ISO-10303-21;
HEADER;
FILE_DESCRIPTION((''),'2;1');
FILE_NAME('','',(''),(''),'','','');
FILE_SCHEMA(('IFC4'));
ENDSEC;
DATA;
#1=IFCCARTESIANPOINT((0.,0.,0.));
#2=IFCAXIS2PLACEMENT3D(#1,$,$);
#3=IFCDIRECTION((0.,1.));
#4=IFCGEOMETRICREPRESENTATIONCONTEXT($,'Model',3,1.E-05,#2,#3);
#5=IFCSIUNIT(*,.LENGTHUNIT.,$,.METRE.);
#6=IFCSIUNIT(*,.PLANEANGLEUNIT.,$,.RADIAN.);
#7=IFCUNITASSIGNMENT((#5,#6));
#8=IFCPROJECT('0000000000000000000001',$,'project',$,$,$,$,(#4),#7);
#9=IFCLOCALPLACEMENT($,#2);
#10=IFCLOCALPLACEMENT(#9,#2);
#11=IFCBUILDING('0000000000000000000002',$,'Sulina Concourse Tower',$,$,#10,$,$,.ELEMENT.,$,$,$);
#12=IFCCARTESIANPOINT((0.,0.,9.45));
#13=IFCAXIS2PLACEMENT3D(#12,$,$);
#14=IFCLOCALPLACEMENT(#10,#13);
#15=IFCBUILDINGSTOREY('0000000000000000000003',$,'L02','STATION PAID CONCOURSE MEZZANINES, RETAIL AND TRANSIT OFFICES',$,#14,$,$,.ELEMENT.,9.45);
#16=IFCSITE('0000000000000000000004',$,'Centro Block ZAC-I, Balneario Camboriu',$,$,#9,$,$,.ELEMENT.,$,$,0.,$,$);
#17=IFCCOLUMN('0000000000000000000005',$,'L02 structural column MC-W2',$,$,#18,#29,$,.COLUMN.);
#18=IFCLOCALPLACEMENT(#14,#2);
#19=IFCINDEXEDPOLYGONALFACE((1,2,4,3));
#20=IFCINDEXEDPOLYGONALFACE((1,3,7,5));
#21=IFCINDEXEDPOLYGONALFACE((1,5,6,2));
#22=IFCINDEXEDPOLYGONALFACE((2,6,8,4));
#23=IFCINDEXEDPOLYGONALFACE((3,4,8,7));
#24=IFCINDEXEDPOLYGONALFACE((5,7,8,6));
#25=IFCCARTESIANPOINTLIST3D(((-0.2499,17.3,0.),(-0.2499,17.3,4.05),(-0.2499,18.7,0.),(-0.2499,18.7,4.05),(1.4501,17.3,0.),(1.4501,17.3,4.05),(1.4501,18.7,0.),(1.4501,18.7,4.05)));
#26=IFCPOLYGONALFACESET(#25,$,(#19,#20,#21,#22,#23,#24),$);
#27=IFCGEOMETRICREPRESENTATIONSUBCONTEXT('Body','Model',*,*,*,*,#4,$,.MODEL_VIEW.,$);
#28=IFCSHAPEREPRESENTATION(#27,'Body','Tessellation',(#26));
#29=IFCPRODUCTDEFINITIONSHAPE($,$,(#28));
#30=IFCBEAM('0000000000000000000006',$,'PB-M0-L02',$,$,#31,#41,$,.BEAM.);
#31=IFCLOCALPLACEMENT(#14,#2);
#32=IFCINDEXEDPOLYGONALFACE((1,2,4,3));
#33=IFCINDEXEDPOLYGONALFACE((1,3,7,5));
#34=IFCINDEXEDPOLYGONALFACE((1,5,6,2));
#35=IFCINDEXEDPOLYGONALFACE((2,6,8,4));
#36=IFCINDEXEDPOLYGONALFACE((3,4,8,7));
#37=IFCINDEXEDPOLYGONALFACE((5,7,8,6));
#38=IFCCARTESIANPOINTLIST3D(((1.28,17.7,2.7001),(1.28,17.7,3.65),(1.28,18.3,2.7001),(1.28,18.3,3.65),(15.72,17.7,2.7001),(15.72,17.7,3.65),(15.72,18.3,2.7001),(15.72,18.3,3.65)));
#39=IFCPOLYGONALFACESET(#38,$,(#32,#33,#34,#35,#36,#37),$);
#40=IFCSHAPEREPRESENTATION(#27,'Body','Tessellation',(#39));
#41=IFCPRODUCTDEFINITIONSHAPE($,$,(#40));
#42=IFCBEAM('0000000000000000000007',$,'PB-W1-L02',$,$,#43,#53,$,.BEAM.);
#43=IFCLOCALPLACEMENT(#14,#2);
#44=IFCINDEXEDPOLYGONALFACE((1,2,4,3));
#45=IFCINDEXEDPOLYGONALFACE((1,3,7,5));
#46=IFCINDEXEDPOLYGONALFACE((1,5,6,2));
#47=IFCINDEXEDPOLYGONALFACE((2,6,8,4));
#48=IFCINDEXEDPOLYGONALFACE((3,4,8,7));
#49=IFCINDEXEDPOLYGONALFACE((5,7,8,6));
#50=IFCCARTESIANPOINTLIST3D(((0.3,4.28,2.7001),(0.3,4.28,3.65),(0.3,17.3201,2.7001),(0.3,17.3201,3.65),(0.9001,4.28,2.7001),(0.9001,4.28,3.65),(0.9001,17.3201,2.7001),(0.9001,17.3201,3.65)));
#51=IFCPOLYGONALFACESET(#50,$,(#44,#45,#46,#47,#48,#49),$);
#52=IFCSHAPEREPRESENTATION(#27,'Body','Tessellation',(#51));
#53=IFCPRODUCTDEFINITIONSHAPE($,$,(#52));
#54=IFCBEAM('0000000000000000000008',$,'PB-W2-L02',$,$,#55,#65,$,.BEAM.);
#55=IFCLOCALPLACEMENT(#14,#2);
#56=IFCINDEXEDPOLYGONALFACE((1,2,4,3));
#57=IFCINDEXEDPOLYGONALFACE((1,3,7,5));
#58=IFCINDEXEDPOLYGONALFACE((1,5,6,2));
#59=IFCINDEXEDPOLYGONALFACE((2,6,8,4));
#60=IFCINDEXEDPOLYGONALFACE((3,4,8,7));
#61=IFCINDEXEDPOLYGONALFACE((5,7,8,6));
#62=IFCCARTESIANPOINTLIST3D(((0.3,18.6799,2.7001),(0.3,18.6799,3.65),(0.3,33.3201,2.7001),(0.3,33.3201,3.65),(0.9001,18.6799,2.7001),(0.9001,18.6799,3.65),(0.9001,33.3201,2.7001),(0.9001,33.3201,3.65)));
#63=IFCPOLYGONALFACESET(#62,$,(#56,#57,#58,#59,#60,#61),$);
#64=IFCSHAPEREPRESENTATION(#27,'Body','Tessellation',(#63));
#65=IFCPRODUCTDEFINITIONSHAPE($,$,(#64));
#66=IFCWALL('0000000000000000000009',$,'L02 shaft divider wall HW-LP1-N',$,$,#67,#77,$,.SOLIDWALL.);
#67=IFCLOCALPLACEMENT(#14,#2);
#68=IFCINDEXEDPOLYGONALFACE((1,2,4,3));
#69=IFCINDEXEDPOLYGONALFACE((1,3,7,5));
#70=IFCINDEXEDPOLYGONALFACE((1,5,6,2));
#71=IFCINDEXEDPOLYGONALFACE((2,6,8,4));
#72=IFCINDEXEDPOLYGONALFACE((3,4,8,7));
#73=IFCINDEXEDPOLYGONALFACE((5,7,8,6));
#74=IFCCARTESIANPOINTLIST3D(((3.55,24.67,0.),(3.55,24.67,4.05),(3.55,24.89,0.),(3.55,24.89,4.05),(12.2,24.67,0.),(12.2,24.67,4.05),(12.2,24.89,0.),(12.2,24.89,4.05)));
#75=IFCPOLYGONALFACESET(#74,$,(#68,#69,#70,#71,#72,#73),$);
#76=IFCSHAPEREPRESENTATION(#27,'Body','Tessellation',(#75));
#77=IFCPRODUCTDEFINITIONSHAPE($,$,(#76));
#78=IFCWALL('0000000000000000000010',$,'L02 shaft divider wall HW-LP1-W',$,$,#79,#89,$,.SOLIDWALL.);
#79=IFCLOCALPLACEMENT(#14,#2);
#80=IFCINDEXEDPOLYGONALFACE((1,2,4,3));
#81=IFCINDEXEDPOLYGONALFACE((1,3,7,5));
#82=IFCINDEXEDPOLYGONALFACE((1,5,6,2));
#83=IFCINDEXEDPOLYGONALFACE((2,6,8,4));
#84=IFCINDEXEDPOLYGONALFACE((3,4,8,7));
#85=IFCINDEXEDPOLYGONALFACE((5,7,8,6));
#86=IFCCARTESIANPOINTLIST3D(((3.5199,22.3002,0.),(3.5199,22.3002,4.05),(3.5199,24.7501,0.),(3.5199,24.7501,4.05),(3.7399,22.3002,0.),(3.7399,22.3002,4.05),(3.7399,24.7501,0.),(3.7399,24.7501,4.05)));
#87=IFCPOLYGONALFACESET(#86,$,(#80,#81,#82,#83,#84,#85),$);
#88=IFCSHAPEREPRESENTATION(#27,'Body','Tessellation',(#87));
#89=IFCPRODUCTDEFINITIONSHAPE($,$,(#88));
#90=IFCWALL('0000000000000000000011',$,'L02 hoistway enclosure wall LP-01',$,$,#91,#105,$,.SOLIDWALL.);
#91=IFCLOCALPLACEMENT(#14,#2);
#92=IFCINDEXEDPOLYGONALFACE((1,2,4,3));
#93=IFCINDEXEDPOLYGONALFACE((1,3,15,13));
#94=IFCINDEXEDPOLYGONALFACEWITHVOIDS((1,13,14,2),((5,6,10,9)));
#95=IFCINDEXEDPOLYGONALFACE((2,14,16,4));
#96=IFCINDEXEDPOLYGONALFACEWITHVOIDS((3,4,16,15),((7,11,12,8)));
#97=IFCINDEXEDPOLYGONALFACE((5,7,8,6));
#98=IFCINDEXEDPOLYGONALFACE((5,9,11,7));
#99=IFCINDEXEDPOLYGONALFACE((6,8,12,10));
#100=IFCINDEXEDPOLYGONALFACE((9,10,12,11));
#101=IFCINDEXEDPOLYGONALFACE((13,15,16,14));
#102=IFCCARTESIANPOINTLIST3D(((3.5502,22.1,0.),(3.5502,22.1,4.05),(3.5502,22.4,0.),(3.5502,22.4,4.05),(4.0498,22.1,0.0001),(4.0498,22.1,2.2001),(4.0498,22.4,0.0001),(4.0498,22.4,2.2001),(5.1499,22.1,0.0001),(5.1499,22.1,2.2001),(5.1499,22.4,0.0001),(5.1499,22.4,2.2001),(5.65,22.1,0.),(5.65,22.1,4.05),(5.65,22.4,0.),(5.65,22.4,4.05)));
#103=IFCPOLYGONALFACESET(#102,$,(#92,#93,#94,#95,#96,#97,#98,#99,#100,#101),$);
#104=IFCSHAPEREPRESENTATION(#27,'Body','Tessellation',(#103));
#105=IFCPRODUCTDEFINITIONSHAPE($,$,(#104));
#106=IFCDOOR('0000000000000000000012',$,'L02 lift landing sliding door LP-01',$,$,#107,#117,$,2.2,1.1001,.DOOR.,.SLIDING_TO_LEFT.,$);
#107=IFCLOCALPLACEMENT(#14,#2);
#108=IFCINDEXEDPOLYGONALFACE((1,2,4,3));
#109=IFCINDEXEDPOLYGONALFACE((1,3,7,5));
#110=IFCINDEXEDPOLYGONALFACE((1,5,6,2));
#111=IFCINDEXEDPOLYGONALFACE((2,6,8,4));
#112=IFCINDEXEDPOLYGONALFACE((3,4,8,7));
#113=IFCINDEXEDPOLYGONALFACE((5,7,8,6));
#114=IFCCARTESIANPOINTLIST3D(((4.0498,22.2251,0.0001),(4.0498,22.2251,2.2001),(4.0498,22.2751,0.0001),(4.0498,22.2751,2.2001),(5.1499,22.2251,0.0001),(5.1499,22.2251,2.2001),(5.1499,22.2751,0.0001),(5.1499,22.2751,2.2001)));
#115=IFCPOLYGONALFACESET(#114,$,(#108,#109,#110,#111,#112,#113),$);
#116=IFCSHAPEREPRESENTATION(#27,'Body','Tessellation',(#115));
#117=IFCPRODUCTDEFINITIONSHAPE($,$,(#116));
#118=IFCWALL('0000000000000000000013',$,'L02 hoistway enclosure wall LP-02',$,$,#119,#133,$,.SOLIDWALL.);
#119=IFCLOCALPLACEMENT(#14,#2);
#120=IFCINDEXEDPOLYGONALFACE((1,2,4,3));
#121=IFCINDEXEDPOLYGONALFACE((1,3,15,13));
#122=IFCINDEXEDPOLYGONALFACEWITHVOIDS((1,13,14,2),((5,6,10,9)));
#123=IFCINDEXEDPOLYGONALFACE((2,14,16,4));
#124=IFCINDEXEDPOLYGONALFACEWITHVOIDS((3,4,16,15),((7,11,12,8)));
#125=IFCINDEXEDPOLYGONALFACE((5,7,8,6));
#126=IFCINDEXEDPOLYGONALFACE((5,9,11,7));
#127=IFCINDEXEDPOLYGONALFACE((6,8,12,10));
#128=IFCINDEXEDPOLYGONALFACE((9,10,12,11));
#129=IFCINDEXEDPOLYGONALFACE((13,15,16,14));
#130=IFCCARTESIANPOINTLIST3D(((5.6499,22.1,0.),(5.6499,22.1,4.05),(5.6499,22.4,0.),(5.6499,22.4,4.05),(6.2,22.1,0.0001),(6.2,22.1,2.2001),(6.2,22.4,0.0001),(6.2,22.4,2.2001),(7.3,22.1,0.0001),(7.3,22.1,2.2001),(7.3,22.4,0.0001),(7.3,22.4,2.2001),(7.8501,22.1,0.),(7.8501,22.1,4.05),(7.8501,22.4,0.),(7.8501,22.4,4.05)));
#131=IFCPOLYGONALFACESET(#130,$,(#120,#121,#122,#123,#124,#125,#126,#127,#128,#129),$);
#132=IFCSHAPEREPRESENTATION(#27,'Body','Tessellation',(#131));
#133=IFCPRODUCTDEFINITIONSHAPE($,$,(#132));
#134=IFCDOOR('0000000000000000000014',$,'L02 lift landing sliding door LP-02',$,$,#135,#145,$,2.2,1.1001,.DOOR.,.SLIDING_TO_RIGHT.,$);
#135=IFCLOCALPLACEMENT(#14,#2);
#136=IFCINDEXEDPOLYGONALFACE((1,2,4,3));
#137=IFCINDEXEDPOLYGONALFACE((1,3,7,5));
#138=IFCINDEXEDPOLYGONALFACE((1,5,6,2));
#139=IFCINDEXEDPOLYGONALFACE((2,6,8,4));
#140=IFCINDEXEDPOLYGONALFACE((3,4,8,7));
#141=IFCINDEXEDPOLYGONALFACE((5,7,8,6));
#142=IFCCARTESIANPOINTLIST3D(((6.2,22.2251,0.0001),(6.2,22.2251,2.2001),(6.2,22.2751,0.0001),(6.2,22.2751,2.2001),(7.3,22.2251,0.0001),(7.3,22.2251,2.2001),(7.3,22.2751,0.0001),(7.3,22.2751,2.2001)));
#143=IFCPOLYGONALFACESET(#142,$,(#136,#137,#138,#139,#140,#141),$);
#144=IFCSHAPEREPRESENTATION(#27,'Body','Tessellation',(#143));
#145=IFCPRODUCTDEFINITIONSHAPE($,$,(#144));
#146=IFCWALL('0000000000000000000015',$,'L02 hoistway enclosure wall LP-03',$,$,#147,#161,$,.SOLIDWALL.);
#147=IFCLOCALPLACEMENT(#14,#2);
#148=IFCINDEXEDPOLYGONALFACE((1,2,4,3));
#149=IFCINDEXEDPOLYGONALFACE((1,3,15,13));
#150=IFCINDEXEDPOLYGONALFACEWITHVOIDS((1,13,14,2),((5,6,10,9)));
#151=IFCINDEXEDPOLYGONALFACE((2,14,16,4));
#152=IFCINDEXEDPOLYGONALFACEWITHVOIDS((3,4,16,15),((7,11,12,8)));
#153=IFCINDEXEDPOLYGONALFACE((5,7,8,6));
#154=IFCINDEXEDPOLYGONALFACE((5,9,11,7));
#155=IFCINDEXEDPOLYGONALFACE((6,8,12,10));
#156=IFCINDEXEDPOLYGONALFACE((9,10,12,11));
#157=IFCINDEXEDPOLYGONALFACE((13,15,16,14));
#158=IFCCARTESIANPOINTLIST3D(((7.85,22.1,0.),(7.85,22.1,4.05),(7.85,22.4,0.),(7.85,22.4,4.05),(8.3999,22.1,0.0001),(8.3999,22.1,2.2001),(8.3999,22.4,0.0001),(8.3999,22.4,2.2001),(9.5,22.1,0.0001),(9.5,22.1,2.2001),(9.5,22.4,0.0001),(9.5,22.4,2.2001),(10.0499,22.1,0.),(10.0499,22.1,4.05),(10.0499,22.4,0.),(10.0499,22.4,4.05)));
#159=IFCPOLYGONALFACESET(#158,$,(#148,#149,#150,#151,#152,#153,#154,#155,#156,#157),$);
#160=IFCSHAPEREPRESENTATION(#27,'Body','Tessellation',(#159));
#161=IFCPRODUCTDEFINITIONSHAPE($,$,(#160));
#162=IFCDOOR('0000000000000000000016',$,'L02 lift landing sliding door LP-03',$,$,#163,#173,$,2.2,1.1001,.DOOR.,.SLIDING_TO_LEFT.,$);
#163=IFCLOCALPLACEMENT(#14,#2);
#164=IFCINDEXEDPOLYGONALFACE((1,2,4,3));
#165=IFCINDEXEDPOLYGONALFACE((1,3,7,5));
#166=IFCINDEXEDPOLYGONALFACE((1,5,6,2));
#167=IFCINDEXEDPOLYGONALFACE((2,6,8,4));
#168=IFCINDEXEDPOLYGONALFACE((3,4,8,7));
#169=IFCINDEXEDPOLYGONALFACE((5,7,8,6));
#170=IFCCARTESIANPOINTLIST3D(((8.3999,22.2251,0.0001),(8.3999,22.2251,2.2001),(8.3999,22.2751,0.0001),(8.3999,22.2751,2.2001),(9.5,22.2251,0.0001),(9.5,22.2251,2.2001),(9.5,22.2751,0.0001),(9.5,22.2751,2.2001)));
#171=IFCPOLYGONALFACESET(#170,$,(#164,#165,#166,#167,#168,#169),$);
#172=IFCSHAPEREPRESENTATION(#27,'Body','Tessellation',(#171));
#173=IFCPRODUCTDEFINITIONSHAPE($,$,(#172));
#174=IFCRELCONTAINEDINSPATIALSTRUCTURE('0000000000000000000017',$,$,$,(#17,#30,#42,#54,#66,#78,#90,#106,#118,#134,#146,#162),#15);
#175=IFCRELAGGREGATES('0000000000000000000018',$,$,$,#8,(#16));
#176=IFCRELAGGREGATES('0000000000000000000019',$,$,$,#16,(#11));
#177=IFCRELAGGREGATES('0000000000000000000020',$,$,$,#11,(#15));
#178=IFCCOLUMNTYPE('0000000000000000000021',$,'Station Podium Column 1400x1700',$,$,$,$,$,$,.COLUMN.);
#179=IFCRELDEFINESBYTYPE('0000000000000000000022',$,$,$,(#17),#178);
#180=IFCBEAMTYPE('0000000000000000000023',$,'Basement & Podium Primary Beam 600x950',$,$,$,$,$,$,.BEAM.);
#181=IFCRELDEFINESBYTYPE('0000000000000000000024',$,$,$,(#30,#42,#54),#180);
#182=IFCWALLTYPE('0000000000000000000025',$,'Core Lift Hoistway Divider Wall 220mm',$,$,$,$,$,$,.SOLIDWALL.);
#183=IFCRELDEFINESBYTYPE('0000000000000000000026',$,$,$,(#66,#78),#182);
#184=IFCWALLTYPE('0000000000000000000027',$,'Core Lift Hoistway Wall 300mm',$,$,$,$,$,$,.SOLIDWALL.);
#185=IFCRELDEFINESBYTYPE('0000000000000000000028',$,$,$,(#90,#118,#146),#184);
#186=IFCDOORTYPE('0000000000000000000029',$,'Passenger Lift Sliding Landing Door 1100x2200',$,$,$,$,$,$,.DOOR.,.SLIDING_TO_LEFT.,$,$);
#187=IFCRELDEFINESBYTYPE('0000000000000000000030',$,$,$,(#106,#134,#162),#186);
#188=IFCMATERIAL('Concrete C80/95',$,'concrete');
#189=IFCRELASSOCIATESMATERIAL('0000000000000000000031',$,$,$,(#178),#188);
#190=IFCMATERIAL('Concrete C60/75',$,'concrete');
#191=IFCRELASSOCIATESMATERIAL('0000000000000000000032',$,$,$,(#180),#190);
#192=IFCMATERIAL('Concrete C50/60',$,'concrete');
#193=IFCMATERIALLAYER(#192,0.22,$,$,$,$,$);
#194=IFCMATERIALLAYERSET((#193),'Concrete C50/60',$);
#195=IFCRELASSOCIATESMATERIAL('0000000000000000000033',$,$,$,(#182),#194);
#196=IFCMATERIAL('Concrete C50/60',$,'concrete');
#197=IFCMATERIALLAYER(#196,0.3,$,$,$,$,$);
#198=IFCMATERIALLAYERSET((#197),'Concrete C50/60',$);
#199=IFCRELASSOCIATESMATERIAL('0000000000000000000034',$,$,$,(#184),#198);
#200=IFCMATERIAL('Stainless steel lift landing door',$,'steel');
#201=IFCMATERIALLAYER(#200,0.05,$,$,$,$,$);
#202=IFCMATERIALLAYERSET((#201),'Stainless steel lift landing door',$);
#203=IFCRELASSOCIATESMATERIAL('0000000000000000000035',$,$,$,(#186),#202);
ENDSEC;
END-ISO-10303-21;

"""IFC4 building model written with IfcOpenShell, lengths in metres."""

from ifc_helpers import new_model, si_unit, direction, frame, frame_2d, origin, origin_2d, place, context, subcontext, project, spatial, rectangle, extrude, material, layer, layer_set, material_profile, profile_set, type_object, element, fill, save


model = new_model("IFC4")

# Units and contexts
model_context = context("Model", 3, precision=1e-05, world=origin(), true_north=direction((0.0, 1.0)))
body_context = subcontext(model_context, "Body", "Model", "MODEL_VIEW")
ifc_project = project(units=[si_unit("LENGTHUNIT", "METRE"), si_unit("PLANEANGLEUNIT", "RADIAN")], contexts=[model_context])

# Site, building, storey
site_placement = place(None, origin())
site = spatial("IfcSite", under=ifc_project, at=site_placement, Name="Centro Block ZAC-I, Balneario Camboriu", CompositionType="ELEMENT", RefElevation=0.0)
building_placement = place(site_placement, origin())
building = spatial("IfcBuilding", under=site, at=building_placement, Name="Sulina Concourse Tower", CompositionType="ELEMENT")
storey_placement = place(building_placement, frame((0.0, 0.0, 9.45)))
storey = spatial("IfcBuildingStorey", under=building, at=storey_placement, Name="L02", Description="STATION PAID CONCOURSE MEZZANINES, RETAIL AND TRANSIT OFFICES", CompositionType="ELEMENT", Elevation=9.45)

# Column
ifc_material_1 = material(Name="Concrete C80/95", Category="concrete")
ifc_material_profile_1 = material_profile(ifc_material_1, rectangle(XDim=1.3999, YDim=1.7, at=origin_2d()), Name="RC 1400x1700")
ifc_profile_set_1 = profile_set([ifc_material_profile_1], Name="Concrete C80/95")
column_type = type_object("IfcColumnType", Name="Station Podium Column 1400x1700", PredefinedType="COLUMN", material=ifc_profile_set_1)
column_placement = place(storey_placement, frame((0.6001, 18.0, 0.0), z_axis=(0.0, 0.0, 1.0), x_axis=(0.0, 1.0, 0.0)))
element("IfcColumn", 1, at=column_placement, inside=storey, type_object=column_type, Name="L02 structural column MC-W2", PredefinedType="COLUMN", context=body_context, shape_type="SweptSolid", body=[
    extrude(rectangle(XDim=1.3999, YDim=1.7, at=origin_2d()), origin(), (0.0, 0.0, 1.0), 4.05),
])

# Beams
ifc_material_2 = material(Name="Concrete C60/75", Category="concrete")
ifc_material_profile_2 = material_profile(ifc_material_2, rectangle(XDim=0.6001, YDim=0.95, at=origin_2d()), Name="RC 600x950")
ifc_profile_set_2 = profile_set([ifc_material_profile_2], Name="Concrete C60/75")
beam_type = type_object("IfcBeamType", Name="Basement & Podium Primary Beam 600x950", PredefinedType="BEAM", material=ifc_profile_set_2)
beam_1_placement = place(storey_placement, frame((1.28, 18.0, 3.175), z_axis=(1.0, 0.0, 0.0), x_axis=(0.0, 1.0, 0.0)))
element("IfcBeam", 2, at=beam_1_placement, inside=storey, type_object=beam_type, Name="PB-M0-L02", PredefinedType="BEAM", context=body_context, shape_type="SweptSolid", body=[
    extrude(rectangle(XDim=0.6001, YDim=0.95, at=origin_2d()), origin(), (0.0, 0.0, 1.0), 14.4399),
])
beam_2_placement = place(storey_placement, frame((0.6001, 4.28, 3.175), z_axis=(0.0, 1.0, 0.0), x_axis=(-1.0, 0.0, 0.0)))
element("IfcBeam", 3, at=beam_2_placement, inside=storey, type_object=beam_type, Name="PB-W1-L02", PredefinedType="BEAM", context=body_context, shape_type="SweptSolid", body=[
    extrude(rectangle(XDim=0.6001, YDim=0.95, at=origin_2d()), origin(), (0.0, 0.0, 1.0), 13.04),
])
beam_3_placement = place(storey_placement, frame((0.6001, 18.6799, 3.175), z_axis=(0.0, 1.0, 0.0), x_axis=(-1.0, 0.0, 0.0)))
element("IfcBeam", 4, at=beam_3_placement, inside=storey, type_object=beam_type, Name="PB-W2-L02", PredefinedType="BEAM", context=body_context, shape_type="SweptSolid", body=[
    extrude(rectangle(XDim=0.6001, YDim=0.95, at=origin_2d()), origin(), (0.0, 0.0, 1.0), 14.6401),
])

# Walls
ifc_material_3 = material(Name="Concrete C50/60", Category="concrete")
ifc_layer_1 = layer(ifc_material_3, 0.22)
ifc_layer_set_1 = layer_set([ifc_layer_1], Name="Concrete C50/60")
wall_type_1 = type_object("IfcWallType", Name="Core Lift Hoistway Divider Wall 220mm", PredefinedType="SOLIDWALL", material=ifc_layer_set_1)
wall_1_placement = place(storey_placement, frame((3.55, 24.78, 0.0), z_axis=(0.0, 0.0, 1.0), x_axis=(1.0, 0.0, 0.0)))
element("IfcWall", 5, at=wall_1_placement, inside=storey, type_object=wall_type_1, Name="L02 shaft divider wall HW-LP1-N", PredefinedType="SOLIDWALL", context=body_context, shape_type="SweptSolid", body=[
    extrude(rectangle(XDim=8.6499, YDim=0.22, at=frame_2d((4.325, 0.0))), origin(), (0.0, 0.0, 1.0), 4.05),
])
wall_2_placement = place(storey_placement, frame((3.6299, 22.3, 0.0), z_axis=(0.0, 0.0, 1.0), x_axis=(0.0, 1.0, 0.0)))
element("IfcWall", 6, at=wall_2_placement, inside=storey, type_object=wall_type_1, Name="L02 shaft divider wall HW-LP1-W", PredefinedType="SOLIDWALL", context=body_context, shape_type="SweptSolid", body=[
    extrude(rectangle(XDim=2.45, YDim=0.22, at=frame_2d((1.2251, 0.0))), origin(), (0.0, 0.0, 1.0), 4.05),
])

# Walls, openings, doors
ifc_material_4 = material(Name="Concrete C50/60", Category="concrete")
ifc_layer_2 = layer(ifc_material_4, 0.3)
ifc_layer_set_2 = layer_set([ifc_layer_2], Name="Concrete C50/60")
wall_type_2 = type_object("IfcWallType", Name="Core Lift Hoistway Wall 300mm", PredefinedType="SOLIDWALL", material=ifc_layer_set_2)
wall_3_placement = place(storey_placement, frame((5.6499, 22.25, 0.0), z_axis=(0.0, 0.0, 1.0), x_axis=(-1.0, 0.0, 0.0)))
wall_3 = element("IfcWall", 7, at=wall_3_placement, inside=storey, type_object=wall_type_2, Name="L02 hoistway enclosure wall LP-01", PredefinedType="SOLIDWALL", context=body_context, shape_type="SweptSolid", body=[
    extrude(rectangle(XDim=2.0999, YDim=0.3, at=frame_2d((1.0498, 0.0))), origin(), (0.0, 0.0, 1.0), 4.05),
])
opening_1_placement = place(wall_3_placement, frame((0.5, 0.0, 0.0)))
opening_1 = element("IfcOpeningElement", 8, at=opening_1_placement, cuts=wall_3, PredefinedType="OPENING", context=body_context, shape_type="SweptSolid", body=[
    extrude(rectangle(XDim=1.1001, YDim=2.2, at=frame_2d((0.55, 1.1001))), frame((0.0, 0.1599, 0.0), z_axis=(0.0, -1.0, 0.0), x_axis=(1.0, 0.0, 0.0)), (0.0, 0.0, 1.0), 0.3201),
])
ifc_material_5 = material(Name="Stainless steel lift landing door", Category="steel")
ifc_layer_3 = layer(ifc_material_5, 0.05)
ifc_layer_set_3 = layer_set([ifc_layer_3], Name="Stainless steel lift landing door")
door_type_1 = type_object("IfcDoorType", Name="Passenger Lift Sliding Landing Door 1100x2200", OperationType="SLIDING_TO_LEFT", PredefinedType="DOOR", material=ifc_layer_set_3)
door_1_placement = place(opening_1_placement, origin())
door_1 = element("IfcDoor", 9, at=door_1_placement, inside=storey, type_object=door_type_1, Name="L02 lift landing sliding door LP-01", OperationType="SLIDING_TO_LEFT", OverallHeight=2.2, OverallWidth=1.1001, PredefinedType="DOOR", context=body_context, shape_type="SweptSolid", body=[
    extrude(rectangle(XDim=1.1001, YDim=2.2, at=frame_2d((0.55, 1.1001))), frame((0.0, 0.0249, 0.0), z_axis=(0.0, -1.0, 0.0), x_axis=(1.0, 0.0, 0.0)), (0.0, 0.0, 1.0), 0.05),
])
fill(opening_1, door_1)
wall_4_placement = place(storey_placement, frame((7.8501, 22.25, 0.0), z_axis=(0.0, 0.0, 1.0), x_axis=(-1.0, 0.0, 0.0)))
wall_4 = element("IfcWall", 10, at=wall_4_placement, inside=storey, type_object=wall_type_2, Name="L02 hoistway enclosure wall LP-02", PredefinedType="SOLIDWALL", context=body_context, shape_type="SweptSolid", body=[
    extrude(rectangle(XDim=2.2002, YDim=0.3, at=frame_2d((1.1001, 0.0))), origin(), (0.0, 0.0, 1.0), 4.05),
])
opening_2_placement = place(wall_4_placement, frame((0.55, 0.0, 0.0)))
opening_2 = element("IfcOpeningElement", 11, at=opening_2_placement, cuts=wall_4, PredefinedType="OPENING", context=body_context, shape_type="SweptSolid", body=[
    extrude(rectangle(XDim=1.1001, YDim=2.2, at=frame_2d((0.55, 1.1001))), frame((0.0, 0.1599, 0.0), z_axis=(0.0, -1.0, 0.0), x_axis=(1.0, 0.0, 0.0)), (0.0, 0.0, 1.0), 0.3201),
])
door_2_placement = place(opening_2_placement, origin())
door_2 = element("IfcDoor", 12, at=door_2_placement, inside=storey, type_object=door_type_1, Name="L02 lift landing sliding door LP-02", OperationType="SLIDING_TO_RIGHT", OverallHeight=2.2, OverallWidth=1.1001, PredefinedType="DOOR", context=body_context, shape_type="SweptSolid", body=[
    extrude(rectangle(XDim=1.1001, YDim=2.2, at=frame_2d((0.55, 1.1001))), frame((0.0, 0.0249, 0.0), z_axis=(0.0, -1.0, 0.0), x_axis=(1.0, 0.0, 0.0)), (0.0, 0.0, 1.0), 0.05),
])
fill(opening_2, door_2)
wall_5_placement = place(storey_placement, frame((10.05, 22.25, 0.0), z_axis=(0.0, 0.0, 1.0), x_axis=(-1.0, 0.0, 0.0)))
wall_5 = element("IfcWall", 13, at=wall_5_placement, inside=storey, type_object=wall_type_2, Name="L02 hoistway enclosure wall LP-03", PredefinedType="SOLIDWALL", context=body_context, shape_type="SweptSolid", body=[
    extrude(rectangle(XDim=2.2, YDim=0.3, at=frame_2d((1.1001, 0.0))), origin(), (0.0, 0.0, 1.0), 4.05),
])
opening_3_placement = place(wall_5_placement, frame((0.55, 0.0, 0.0)))
opening_3 = element("IfcOpeningElement", 14, at=opening_3_placement, cuts=wall_5, PredefinedType="OPENING", context=body_context, shape_type="SweptSolid", body=[
    extrude(rectangle(XDim=1.1001, YDim=2.2, at=frame_2d((0.55, 1.1001))), frame((0.0, 0.1599, 0.0), z_axis=(0.0, -1.0, 0.0), x_axis=(1.0, 0.0, 0.0)), (0.0, 0.0, 1.0), 0.3201),
])
door_3_placement = place(opening_3_placement, origin())
door_3 = element("IfcDoor", 15, at=door_3_placement, inside=storey, type_object=door_type_1, Name="L02 lift landing sliding door LP-03", OperationType="SLIDING_TO_LEFT", OverallHeight=2.2, OverallWidth=1.1001, PredefinedType="DOOR", context=body_context, shape_type="SweptSolid", body=[
    extrude(rectangle(XDim=1.1001, YDim=2.2, at=frame_2d((0.55, 1.1001))), frame((0.0, 0.0249, 0.0), z_axis=(0.0, -1.0, 0.0), x_axis=(1.0, 0.0, 0.0)), (0.0, 0.0, 1.0), 0.05),
])
fill(opening_3, door_3)

save(model, "model.ifc")
